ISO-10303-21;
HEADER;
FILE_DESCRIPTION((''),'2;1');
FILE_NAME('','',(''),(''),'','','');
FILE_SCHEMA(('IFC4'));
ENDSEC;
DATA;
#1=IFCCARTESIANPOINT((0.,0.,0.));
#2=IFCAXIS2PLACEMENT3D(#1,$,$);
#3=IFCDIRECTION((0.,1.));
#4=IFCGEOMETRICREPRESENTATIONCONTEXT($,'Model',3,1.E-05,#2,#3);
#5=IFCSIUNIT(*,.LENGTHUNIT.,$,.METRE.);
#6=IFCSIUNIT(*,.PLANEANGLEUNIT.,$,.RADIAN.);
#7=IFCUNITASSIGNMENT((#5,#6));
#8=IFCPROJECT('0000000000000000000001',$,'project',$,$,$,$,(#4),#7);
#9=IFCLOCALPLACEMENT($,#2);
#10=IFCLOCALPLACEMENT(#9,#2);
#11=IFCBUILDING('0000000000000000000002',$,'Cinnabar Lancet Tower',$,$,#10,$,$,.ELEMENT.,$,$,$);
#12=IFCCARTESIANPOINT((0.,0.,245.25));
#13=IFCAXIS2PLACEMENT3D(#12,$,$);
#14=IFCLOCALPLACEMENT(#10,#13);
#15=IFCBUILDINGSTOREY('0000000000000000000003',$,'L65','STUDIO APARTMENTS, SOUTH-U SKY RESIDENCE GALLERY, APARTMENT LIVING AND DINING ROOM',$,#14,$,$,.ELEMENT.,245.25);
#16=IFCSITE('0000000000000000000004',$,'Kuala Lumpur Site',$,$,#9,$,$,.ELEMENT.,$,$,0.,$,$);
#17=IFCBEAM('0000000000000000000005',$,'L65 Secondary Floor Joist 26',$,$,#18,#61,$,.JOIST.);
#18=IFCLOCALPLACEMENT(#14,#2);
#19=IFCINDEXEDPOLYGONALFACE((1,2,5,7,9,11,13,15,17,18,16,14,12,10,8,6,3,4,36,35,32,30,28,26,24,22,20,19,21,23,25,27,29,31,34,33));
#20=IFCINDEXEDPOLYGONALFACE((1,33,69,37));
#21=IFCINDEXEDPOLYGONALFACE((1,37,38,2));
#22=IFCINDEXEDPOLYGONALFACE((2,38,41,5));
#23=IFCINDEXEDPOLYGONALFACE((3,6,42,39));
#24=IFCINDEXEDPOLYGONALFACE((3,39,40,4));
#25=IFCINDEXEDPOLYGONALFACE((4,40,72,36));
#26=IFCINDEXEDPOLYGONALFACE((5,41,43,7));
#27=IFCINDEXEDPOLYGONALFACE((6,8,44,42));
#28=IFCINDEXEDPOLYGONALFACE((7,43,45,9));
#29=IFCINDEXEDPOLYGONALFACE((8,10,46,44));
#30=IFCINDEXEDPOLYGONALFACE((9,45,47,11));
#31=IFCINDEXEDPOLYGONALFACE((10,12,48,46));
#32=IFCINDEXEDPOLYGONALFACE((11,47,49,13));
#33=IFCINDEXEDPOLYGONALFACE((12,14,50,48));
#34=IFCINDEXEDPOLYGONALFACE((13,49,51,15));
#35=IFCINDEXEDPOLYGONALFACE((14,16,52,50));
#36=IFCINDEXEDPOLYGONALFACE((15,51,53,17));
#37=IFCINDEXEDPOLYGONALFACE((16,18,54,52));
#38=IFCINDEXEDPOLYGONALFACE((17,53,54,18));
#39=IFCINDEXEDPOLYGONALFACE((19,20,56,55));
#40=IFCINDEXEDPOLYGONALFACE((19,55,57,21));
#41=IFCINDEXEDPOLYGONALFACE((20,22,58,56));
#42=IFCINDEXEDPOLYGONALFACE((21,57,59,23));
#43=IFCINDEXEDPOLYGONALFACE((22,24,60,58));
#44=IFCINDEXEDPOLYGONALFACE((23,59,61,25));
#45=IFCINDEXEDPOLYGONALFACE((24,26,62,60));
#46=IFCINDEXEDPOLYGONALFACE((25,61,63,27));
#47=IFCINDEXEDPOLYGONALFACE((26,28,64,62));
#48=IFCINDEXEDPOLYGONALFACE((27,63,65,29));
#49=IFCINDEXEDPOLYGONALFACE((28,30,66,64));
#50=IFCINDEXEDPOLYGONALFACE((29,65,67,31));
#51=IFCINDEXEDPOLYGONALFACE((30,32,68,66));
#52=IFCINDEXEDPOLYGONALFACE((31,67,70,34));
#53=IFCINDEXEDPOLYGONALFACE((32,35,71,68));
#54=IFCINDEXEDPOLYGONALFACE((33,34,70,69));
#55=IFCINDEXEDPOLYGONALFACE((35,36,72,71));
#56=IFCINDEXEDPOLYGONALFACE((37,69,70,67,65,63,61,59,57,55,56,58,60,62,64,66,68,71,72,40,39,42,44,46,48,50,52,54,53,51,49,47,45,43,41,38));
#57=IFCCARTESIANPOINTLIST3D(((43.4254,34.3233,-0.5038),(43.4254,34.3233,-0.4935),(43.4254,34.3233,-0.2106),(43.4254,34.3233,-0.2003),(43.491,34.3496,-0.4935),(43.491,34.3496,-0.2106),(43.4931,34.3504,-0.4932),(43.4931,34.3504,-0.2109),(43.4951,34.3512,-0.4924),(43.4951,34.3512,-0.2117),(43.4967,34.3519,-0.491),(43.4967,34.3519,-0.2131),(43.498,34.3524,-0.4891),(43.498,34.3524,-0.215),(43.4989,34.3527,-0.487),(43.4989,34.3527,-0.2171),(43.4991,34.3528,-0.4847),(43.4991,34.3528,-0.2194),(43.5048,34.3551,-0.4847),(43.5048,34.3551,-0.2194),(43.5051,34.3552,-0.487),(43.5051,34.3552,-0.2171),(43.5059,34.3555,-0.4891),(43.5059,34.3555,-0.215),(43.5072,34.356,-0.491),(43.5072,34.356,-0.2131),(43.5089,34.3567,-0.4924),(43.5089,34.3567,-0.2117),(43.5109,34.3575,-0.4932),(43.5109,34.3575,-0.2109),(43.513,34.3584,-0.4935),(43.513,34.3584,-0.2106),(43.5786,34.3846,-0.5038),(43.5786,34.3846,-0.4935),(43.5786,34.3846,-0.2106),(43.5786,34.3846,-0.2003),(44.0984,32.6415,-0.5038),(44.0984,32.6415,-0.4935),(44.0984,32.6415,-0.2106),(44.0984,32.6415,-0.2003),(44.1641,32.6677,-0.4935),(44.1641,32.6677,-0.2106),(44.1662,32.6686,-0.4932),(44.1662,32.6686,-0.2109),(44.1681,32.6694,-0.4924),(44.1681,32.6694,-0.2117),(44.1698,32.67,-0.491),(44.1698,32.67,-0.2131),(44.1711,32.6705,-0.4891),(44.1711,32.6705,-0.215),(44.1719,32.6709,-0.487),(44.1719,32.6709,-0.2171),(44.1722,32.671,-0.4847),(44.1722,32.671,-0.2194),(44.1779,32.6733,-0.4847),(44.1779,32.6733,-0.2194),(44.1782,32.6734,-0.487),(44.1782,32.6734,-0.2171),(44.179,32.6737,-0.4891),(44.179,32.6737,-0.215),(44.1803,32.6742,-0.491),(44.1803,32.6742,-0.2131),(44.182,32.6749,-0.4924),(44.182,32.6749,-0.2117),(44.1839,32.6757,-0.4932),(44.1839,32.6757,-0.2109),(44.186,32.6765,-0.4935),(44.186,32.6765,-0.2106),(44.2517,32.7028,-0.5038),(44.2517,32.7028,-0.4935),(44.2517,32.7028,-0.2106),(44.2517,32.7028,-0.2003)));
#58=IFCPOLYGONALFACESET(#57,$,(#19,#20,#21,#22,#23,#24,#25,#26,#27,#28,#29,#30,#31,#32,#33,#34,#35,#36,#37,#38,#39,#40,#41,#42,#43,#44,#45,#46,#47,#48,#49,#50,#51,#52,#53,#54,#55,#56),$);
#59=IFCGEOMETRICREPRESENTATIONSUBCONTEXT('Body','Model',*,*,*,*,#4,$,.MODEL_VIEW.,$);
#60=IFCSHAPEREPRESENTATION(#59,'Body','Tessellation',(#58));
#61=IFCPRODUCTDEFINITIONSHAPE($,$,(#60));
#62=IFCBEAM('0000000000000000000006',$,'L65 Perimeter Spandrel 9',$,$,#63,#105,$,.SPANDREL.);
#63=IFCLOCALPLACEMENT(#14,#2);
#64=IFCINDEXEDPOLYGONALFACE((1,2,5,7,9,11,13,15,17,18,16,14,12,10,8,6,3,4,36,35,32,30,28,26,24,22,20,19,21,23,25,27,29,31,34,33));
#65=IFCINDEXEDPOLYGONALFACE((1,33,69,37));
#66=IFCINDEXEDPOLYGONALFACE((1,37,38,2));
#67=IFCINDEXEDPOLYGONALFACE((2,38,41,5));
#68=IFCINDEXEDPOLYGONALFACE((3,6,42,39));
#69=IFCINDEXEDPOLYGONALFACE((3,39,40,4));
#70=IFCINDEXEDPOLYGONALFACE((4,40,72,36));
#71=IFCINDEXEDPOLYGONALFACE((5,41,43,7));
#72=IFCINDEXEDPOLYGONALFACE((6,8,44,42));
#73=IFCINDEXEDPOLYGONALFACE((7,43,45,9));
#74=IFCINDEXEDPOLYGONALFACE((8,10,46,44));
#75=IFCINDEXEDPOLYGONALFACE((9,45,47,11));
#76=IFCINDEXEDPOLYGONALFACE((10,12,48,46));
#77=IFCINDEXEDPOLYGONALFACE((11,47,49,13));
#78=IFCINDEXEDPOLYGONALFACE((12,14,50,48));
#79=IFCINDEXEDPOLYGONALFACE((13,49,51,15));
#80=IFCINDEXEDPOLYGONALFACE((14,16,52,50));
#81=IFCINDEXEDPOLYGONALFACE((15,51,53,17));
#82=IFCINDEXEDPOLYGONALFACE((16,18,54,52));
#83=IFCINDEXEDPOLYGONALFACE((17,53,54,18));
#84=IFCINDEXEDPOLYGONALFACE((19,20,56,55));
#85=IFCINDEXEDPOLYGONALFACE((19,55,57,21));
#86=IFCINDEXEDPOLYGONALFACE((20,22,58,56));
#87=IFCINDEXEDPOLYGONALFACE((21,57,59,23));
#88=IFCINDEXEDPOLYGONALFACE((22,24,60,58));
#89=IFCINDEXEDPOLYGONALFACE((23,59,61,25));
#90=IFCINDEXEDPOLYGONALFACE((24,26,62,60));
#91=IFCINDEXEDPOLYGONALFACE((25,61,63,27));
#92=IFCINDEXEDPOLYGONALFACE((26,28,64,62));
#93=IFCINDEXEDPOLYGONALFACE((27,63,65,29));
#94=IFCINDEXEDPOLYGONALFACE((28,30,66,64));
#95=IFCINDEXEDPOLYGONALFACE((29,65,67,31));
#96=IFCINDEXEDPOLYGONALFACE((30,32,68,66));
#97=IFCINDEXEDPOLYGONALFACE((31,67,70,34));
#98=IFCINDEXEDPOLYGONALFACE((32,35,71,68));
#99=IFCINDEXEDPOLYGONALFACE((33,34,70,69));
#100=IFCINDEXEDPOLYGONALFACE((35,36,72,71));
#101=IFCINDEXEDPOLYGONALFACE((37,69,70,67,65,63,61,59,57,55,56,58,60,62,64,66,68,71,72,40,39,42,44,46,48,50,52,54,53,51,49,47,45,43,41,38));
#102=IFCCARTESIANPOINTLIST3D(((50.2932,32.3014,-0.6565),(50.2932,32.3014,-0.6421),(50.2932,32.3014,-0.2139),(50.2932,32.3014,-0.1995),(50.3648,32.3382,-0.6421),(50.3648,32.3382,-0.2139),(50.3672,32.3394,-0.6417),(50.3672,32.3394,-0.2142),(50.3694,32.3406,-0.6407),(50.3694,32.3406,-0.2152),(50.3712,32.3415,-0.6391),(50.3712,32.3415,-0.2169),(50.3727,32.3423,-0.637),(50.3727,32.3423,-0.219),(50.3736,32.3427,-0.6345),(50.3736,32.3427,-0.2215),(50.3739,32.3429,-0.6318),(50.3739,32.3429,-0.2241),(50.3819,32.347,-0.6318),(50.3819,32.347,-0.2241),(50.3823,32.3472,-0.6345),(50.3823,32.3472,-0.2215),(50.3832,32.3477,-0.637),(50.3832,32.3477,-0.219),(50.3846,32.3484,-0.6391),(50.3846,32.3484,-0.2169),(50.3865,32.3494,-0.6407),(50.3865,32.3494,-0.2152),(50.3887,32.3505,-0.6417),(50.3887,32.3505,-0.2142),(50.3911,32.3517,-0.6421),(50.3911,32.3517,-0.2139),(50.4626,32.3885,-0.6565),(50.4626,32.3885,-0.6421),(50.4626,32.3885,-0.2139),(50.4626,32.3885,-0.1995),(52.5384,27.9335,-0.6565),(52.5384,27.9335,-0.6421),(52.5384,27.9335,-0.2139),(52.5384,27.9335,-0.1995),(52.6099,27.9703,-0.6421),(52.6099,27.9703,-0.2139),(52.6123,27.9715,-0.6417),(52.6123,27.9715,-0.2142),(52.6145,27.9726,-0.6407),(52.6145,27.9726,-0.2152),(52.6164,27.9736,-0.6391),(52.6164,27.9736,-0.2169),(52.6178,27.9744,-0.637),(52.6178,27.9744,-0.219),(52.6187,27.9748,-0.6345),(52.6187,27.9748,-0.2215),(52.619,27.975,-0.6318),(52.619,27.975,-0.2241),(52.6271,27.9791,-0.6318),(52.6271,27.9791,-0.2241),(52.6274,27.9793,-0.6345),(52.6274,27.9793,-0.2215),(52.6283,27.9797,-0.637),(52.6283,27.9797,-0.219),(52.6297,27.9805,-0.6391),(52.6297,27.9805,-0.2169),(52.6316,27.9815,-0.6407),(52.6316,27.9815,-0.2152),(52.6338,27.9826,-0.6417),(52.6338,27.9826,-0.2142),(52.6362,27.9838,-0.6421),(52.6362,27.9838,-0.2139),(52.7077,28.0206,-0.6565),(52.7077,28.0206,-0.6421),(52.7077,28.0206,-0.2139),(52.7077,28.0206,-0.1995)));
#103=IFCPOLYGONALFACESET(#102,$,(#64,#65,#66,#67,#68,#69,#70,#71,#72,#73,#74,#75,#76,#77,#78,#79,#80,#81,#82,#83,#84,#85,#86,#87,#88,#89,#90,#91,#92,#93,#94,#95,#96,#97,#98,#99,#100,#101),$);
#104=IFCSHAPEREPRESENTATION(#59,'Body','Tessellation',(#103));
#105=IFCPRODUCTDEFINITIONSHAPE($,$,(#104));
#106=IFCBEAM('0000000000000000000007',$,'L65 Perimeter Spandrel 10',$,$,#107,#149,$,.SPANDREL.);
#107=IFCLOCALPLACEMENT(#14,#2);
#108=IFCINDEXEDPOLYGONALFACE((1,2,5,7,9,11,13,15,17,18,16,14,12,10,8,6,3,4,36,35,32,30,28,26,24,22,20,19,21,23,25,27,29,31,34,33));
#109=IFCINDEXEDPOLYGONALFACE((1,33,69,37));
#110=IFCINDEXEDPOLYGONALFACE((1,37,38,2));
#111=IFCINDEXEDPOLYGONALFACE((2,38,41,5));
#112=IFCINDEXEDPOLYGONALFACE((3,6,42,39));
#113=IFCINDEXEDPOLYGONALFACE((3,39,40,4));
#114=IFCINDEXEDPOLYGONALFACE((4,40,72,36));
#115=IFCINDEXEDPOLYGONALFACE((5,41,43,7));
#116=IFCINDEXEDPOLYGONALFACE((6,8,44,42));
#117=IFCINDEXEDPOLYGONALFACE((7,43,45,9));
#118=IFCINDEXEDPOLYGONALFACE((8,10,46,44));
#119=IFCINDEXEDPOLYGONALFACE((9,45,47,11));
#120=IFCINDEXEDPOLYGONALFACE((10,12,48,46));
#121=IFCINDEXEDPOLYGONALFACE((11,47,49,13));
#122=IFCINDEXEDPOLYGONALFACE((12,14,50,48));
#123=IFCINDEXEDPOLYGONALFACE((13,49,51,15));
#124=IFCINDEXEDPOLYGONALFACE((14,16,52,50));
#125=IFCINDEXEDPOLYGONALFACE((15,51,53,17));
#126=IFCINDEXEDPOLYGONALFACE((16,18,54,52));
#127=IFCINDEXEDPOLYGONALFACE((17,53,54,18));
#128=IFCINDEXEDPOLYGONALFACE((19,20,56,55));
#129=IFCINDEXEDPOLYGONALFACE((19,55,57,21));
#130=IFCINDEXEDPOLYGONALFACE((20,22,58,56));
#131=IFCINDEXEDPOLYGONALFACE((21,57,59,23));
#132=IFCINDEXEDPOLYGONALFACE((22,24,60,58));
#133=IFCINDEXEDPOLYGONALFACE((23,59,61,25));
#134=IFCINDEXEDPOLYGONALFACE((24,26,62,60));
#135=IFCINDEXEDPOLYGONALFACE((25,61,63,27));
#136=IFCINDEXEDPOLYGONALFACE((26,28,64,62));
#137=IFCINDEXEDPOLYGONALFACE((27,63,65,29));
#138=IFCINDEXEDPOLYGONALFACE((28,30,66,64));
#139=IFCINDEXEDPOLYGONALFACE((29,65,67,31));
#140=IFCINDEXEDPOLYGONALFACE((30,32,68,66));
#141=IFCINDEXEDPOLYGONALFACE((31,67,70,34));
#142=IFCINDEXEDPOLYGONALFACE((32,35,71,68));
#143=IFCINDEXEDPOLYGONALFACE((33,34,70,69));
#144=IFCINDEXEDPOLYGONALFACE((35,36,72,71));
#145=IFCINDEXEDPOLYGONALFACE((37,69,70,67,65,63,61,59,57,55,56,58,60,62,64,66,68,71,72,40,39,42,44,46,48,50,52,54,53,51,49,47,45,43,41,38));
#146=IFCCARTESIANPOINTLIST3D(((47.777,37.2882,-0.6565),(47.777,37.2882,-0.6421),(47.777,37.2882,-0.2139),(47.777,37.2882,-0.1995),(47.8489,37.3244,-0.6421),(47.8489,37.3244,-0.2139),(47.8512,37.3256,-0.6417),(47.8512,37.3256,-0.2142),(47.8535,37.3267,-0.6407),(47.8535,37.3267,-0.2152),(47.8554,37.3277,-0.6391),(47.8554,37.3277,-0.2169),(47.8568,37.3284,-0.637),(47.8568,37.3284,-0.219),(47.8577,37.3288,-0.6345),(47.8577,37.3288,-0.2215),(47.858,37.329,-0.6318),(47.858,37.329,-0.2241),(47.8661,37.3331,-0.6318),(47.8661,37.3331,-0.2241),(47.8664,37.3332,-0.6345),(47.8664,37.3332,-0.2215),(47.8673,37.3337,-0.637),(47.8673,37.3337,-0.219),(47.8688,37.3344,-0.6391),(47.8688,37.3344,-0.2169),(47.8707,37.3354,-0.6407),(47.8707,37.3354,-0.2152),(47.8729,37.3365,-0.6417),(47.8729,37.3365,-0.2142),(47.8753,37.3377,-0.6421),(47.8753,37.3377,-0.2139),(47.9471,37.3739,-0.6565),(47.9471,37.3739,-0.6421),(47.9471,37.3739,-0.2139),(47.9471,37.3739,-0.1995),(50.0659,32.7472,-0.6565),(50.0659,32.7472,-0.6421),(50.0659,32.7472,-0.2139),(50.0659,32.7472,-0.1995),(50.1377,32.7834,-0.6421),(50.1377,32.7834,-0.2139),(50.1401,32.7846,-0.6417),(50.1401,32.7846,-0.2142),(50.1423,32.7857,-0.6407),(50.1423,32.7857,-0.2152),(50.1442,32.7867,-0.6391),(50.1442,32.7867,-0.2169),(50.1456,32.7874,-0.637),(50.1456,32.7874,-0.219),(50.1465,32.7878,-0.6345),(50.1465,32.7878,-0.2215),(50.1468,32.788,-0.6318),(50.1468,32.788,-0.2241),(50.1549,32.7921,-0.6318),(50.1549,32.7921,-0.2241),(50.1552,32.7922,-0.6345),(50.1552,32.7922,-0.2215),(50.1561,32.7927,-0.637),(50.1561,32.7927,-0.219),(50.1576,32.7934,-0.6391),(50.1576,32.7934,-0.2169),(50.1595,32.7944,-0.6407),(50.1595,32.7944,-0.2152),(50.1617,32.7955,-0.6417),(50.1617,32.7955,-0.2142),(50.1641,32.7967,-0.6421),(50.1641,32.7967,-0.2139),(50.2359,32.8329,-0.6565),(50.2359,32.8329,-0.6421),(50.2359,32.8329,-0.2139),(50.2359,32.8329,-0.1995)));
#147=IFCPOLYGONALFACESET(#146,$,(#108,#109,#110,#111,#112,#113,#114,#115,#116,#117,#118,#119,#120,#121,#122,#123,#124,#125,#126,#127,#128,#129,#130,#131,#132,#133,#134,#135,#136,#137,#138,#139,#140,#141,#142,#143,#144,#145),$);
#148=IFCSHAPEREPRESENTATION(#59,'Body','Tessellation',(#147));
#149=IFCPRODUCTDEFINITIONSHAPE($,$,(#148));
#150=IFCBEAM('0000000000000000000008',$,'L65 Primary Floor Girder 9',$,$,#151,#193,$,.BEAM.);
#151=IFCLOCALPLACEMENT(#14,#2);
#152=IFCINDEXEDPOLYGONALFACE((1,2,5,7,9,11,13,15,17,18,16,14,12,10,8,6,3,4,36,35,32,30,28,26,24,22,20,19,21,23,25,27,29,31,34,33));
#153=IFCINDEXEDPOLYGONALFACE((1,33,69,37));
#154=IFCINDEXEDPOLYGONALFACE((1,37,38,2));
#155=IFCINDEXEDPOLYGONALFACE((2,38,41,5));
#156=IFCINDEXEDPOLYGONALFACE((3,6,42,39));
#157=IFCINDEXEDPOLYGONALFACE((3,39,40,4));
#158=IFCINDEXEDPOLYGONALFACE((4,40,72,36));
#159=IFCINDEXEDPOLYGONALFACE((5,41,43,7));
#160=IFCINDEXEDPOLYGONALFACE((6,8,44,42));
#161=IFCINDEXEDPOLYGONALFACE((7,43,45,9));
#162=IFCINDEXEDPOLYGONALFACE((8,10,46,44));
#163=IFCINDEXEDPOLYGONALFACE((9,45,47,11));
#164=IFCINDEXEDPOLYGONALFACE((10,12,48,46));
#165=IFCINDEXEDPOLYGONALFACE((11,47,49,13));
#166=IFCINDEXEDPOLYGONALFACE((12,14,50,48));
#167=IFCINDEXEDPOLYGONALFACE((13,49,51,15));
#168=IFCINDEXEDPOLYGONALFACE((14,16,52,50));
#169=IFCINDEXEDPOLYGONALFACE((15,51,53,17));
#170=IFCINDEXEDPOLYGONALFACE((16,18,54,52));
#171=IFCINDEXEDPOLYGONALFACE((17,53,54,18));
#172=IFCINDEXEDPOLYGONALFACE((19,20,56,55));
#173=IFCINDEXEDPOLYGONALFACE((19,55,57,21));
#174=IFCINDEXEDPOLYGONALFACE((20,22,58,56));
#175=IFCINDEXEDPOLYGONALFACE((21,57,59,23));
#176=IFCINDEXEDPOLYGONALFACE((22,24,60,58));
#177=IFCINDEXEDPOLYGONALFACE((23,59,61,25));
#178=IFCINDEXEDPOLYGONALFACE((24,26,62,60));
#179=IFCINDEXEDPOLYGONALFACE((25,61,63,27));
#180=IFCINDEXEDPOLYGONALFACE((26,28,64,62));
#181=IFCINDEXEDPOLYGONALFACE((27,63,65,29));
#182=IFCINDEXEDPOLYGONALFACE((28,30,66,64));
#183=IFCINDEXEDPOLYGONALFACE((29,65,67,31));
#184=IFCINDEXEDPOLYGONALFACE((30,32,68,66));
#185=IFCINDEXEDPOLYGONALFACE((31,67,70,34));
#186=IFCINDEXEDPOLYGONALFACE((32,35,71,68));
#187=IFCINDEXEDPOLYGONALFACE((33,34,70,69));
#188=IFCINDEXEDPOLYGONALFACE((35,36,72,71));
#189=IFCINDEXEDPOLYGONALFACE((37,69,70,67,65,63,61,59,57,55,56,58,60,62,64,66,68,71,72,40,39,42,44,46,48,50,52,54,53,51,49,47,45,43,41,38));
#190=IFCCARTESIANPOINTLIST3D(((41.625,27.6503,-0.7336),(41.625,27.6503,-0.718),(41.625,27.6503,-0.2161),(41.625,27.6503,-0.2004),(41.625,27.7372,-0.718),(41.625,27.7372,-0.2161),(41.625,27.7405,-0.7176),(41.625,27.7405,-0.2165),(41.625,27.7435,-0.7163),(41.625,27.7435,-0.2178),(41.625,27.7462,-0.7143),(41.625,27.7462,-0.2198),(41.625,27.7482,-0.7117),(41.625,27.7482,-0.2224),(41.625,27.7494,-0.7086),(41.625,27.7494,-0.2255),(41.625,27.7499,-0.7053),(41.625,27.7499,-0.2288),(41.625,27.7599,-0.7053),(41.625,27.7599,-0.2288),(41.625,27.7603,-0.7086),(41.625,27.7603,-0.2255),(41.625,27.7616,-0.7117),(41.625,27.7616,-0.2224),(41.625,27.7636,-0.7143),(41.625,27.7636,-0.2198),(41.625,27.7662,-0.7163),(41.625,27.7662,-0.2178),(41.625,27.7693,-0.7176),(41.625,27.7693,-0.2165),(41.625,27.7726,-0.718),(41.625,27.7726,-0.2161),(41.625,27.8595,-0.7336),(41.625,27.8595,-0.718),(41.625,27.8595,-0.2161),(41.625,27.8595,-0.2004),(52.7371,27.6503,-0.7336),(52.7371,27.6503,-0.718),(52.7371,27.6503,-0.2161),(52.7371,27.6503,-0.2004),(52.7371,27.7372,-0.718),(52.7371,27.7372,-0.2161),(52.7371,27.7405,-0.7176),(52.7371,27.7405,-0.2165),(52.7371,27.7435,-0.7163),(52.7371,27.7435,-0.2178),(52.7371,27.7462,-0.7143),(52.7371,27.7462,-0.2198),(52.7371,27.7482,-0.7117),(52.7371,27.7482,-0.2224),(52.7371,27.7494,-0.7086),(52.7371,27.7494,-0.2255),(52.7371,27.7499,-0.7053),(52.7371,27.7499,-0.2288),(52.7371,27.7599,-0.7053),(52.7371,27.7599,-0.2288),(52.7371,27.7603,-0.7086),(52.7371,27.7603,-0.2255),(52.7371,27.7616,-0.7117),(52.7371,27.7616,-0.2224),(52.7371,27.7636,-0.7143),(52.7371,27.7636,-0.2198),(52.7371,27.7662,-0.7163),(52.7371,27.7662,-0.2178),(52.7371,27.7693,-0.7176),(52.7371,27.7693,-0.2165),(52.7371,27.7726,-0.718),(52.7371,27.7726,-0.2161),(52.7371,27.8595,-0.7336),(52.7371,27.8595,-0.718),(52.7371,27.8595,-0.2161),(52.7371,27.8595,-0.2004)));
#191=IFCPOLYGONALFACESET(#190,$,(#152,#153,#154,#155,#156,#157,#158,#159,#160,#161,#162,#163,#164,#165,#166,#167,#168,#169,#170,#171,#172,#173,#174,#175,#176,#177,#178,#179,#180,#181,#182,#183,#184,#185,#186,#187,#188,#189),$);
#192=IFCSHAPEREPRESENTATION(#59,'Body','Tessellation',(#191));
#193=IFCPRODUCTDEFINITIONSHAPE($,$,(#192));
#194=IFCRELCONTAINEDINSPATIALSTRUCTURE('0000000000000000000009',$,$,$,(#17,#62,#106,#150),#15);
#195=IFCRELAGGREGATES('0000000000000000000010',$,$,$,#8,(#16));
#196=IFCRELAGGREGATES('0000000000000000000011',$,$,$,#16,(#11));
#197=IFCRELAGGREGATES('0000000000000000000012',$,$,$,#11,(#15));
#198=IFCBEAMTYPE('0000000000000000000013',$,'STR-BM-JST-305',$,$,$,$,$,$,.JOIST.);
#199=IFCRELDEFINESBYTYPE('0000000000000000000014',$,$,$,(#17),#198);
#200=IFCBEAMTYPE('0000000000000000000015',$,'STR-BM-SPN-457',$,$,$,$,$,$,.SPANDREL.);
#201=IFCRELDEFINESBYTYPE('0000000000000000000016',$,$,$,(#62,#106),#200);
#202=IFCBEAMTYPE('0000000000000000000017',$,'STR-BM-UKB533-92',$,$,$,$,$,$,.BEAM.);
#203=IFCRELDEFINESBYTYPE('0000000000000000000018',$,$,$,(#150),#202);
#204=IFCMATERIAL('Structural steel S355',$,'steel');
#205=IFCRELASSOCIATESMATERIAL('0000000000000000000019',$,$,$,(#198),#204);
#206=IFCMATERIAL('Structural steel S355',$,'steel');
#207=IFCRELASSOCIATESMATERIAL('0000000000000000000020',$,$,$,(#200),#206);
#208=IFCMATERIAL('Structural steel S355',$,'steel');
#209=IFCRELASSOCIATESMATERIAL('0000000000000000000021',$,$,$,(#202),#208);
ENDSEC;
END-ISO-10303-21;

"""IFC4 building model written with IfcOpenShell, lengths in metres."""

from ifc_helpers import new_model, si_unit, direction, frame, origin, origin_2d, place, context, subcontext, project, spatial, i_section, extrude, material, material_profile, profile_set, type_object, element, save


model = new_model("IFC4")

# Units and contexts
model_context = context("Model", 3, precision=1e-05, world=origin(), true_north=direction((0.0, 1.0)))
body_context = subcontext(model_context, "Body", "Model", "MODEL_VIEW")
ifc_project = project(units=[si_unit("LENGTHUNIT", "METRE"), si_unit("PLANEANGLEUNIT", "RADIAN")], contexts=[model_context])

# Site, building, storey
site_placement = place(None, origin())
site = spatial("IfcSite", under=ifc_project, at=site_placement, Name="Kuala Lumpur Site", CompositionType="ELEMENT", RefElevation=0.0)
building_placement = place(site_placement, origin())
building = spatial("IfcBuilding", under=site, at=building_placement, Name="Cinnabar Lancet Tower", CompositionType="ELEMENT")
storey_placement = place(building_placement, frame((0.0, 0.0, 245.25)))
storey = spatial("IfcBuildingStorey", under=building, at=storey_placement, Name="L65", Description="STUDIO APARTMENTS, SOUTH-U SKY RESIDENCE GALLERY, APARTMENT LIVING AND DINING ROOM", CompositionType="ELEMENT", Elevation=245.25)

# Beams
ifc_material_1 = material(Name="Structural steel S355", Category="steel")
ifc_material_profile_1 = material_profile(ifc_material_1, i_section(OverallWidth=0.165, OverallDepth=0.3035, WebThickness=0.0061, FlangeThickness=0.0103, FilletRadius=0.0088, at=origin_2d()), Name="UKB 305x165x40")
ifc_profile_set_1 = profile_set([ifc_material_profile_1], Name="Structural steel S355")
beam_type_1 = type_object("IfcBeamType", Name="STR-BM-JST-305", PredefinedType="JOIST", material=ifc_profile_set_1)
beam_1_placement = place(storey_placement, frame((44.175, 32.6721, -0.3521), z_axis=(-0.371553, 0.928412, 0.0), x_axis=(-0.928412, -0.371553, 0.0)))
element("IfcBeam", 1, at=beam_1_placement, inside=storey, type_object=beam_type_1, Name="L65 Secondary Floor Joist 26", PredefinedType="JOIST", context=body_context, shape_type="SweptSolid", body=[
    extrude(i_section(OverallWidth=0.165, OverallDepth=0.3035, WebThickness=0.0061, FlangeThickness=0.0103, FilletRadius=0.0088, at=origin_2d()), origin(), (0.0, 0.0, 1.0), 1.8115),
])
ifc_material_2 = material(Name="Structural steel S355", Category="steel")
ifc_material_profile_2 = material_profile(ifc_material_2, i_section(OverallWidth=0.1904, OverallDepth=0.457, WebThickness=0.009, FlangeThickness=0.0144, FilletRadius=0.0103, at=origin_2d()), Name="UKB 457x191x74")
ifc_profile_set_2 = profile_set([ifc_material_profile_2], Name="Structural steel S355")
beam_type_2 = type_object("IfcBeamType", Name="STR-BM-SPN-457", PredefinedType="SPANDREL", material=ifc_profile_set_2)
beam_2_placement = place(storey_placement, frame((52.623, 27.9771, -0.428), z_axis=(-0.457148, 0.889391, 0.0), x_axis=(-0.889391, -0.457148, 0.0)))
element("IfcBeam", 2, at=beam_2_placement, inside=storey, type_object=beam_type_2, Name="L65 Perimeter Spandrel 9", PredefinedType="SPANDREL", context=body_context, shape_type="SweptSolid", body=[
    extrude(i_section(OverallWidth=0.1904, OverallDepth=0.457, WebThickness=0.009, FlangeThickness=0.0144, FilletRadius=0.0103, at=origin_2d()), origin(), (0.0, 0.0, 1.0), 4.9111),
])
beam_3_placement = place(storey_placement, frame((50.1509, 32.79, -0.428), z_axis=(-0.450092, 0.892982, 0.0), x_axis=(-0.892982, -0.450092, 0.0)))
element("IfcBeam", 3, at=beam_3_placement, inside=storey, type_object=beam_type_2, Name="L65 Perimeter Spandrel 10", PredefinedType="SPANDREL", context=body_context, shape_type="SweptSolid", body=[
    extrude(i_section(OverallWidth=0.1904, OverallDepth=0.457, WebThickness=0.009, FlangeThickness=0.0144, FilletRadius=0.0103, at=origin_2d()), origin(), (0.0, 0.0, 1.0), 5.0852),
])
ifc_material_3 = material(Name="Structural steel S355", Category="steel")
ifc_material_profile_3 = material_profile(ifc_material_3, i_section(OverallWidth=0.2092, OverallDepth=0.5332, WebThickness=0.01, FlangeThickness=0.0156, FilletRadius=0.0127, at=origin_2d()), Name="UKB 533x210x92")
ifc_profile_set_3 = profile_set([ifc_material_profile_3], Name="Structural steel S355")
beam_type_3 = type_object("IfcBeamType", Name="STR-BM-UKB533-92", PredefinedType="BEAM", material=ifc_profile_set_3)
beam_4_placement = place(storey_placement, frame((52.7371, 27.7549, -0.467), z_axis=(-1.0, 0.0, 0.0), x_axis=(0.0, -1.0, 0.0)))
element("IfcBeam", 4, at=beam_4_placement, inside=storey, type_object=beam_type_3, Name="L65 Primary Floor Girder 9", PredefinedType="BEAM", context=body_context, shape_type="SweptSolid", body=[
    extrude(i_section(OverallWidth=0.2092, OverallDepth=0.5332, WebThickness=0.01, FlangeThickness=0.0156, FilletRadius=0.0127, at=origin_2d()), origin(), (0.0, 0.0, 1.0), 11.1121),
])

save(model, "model.ifc")
